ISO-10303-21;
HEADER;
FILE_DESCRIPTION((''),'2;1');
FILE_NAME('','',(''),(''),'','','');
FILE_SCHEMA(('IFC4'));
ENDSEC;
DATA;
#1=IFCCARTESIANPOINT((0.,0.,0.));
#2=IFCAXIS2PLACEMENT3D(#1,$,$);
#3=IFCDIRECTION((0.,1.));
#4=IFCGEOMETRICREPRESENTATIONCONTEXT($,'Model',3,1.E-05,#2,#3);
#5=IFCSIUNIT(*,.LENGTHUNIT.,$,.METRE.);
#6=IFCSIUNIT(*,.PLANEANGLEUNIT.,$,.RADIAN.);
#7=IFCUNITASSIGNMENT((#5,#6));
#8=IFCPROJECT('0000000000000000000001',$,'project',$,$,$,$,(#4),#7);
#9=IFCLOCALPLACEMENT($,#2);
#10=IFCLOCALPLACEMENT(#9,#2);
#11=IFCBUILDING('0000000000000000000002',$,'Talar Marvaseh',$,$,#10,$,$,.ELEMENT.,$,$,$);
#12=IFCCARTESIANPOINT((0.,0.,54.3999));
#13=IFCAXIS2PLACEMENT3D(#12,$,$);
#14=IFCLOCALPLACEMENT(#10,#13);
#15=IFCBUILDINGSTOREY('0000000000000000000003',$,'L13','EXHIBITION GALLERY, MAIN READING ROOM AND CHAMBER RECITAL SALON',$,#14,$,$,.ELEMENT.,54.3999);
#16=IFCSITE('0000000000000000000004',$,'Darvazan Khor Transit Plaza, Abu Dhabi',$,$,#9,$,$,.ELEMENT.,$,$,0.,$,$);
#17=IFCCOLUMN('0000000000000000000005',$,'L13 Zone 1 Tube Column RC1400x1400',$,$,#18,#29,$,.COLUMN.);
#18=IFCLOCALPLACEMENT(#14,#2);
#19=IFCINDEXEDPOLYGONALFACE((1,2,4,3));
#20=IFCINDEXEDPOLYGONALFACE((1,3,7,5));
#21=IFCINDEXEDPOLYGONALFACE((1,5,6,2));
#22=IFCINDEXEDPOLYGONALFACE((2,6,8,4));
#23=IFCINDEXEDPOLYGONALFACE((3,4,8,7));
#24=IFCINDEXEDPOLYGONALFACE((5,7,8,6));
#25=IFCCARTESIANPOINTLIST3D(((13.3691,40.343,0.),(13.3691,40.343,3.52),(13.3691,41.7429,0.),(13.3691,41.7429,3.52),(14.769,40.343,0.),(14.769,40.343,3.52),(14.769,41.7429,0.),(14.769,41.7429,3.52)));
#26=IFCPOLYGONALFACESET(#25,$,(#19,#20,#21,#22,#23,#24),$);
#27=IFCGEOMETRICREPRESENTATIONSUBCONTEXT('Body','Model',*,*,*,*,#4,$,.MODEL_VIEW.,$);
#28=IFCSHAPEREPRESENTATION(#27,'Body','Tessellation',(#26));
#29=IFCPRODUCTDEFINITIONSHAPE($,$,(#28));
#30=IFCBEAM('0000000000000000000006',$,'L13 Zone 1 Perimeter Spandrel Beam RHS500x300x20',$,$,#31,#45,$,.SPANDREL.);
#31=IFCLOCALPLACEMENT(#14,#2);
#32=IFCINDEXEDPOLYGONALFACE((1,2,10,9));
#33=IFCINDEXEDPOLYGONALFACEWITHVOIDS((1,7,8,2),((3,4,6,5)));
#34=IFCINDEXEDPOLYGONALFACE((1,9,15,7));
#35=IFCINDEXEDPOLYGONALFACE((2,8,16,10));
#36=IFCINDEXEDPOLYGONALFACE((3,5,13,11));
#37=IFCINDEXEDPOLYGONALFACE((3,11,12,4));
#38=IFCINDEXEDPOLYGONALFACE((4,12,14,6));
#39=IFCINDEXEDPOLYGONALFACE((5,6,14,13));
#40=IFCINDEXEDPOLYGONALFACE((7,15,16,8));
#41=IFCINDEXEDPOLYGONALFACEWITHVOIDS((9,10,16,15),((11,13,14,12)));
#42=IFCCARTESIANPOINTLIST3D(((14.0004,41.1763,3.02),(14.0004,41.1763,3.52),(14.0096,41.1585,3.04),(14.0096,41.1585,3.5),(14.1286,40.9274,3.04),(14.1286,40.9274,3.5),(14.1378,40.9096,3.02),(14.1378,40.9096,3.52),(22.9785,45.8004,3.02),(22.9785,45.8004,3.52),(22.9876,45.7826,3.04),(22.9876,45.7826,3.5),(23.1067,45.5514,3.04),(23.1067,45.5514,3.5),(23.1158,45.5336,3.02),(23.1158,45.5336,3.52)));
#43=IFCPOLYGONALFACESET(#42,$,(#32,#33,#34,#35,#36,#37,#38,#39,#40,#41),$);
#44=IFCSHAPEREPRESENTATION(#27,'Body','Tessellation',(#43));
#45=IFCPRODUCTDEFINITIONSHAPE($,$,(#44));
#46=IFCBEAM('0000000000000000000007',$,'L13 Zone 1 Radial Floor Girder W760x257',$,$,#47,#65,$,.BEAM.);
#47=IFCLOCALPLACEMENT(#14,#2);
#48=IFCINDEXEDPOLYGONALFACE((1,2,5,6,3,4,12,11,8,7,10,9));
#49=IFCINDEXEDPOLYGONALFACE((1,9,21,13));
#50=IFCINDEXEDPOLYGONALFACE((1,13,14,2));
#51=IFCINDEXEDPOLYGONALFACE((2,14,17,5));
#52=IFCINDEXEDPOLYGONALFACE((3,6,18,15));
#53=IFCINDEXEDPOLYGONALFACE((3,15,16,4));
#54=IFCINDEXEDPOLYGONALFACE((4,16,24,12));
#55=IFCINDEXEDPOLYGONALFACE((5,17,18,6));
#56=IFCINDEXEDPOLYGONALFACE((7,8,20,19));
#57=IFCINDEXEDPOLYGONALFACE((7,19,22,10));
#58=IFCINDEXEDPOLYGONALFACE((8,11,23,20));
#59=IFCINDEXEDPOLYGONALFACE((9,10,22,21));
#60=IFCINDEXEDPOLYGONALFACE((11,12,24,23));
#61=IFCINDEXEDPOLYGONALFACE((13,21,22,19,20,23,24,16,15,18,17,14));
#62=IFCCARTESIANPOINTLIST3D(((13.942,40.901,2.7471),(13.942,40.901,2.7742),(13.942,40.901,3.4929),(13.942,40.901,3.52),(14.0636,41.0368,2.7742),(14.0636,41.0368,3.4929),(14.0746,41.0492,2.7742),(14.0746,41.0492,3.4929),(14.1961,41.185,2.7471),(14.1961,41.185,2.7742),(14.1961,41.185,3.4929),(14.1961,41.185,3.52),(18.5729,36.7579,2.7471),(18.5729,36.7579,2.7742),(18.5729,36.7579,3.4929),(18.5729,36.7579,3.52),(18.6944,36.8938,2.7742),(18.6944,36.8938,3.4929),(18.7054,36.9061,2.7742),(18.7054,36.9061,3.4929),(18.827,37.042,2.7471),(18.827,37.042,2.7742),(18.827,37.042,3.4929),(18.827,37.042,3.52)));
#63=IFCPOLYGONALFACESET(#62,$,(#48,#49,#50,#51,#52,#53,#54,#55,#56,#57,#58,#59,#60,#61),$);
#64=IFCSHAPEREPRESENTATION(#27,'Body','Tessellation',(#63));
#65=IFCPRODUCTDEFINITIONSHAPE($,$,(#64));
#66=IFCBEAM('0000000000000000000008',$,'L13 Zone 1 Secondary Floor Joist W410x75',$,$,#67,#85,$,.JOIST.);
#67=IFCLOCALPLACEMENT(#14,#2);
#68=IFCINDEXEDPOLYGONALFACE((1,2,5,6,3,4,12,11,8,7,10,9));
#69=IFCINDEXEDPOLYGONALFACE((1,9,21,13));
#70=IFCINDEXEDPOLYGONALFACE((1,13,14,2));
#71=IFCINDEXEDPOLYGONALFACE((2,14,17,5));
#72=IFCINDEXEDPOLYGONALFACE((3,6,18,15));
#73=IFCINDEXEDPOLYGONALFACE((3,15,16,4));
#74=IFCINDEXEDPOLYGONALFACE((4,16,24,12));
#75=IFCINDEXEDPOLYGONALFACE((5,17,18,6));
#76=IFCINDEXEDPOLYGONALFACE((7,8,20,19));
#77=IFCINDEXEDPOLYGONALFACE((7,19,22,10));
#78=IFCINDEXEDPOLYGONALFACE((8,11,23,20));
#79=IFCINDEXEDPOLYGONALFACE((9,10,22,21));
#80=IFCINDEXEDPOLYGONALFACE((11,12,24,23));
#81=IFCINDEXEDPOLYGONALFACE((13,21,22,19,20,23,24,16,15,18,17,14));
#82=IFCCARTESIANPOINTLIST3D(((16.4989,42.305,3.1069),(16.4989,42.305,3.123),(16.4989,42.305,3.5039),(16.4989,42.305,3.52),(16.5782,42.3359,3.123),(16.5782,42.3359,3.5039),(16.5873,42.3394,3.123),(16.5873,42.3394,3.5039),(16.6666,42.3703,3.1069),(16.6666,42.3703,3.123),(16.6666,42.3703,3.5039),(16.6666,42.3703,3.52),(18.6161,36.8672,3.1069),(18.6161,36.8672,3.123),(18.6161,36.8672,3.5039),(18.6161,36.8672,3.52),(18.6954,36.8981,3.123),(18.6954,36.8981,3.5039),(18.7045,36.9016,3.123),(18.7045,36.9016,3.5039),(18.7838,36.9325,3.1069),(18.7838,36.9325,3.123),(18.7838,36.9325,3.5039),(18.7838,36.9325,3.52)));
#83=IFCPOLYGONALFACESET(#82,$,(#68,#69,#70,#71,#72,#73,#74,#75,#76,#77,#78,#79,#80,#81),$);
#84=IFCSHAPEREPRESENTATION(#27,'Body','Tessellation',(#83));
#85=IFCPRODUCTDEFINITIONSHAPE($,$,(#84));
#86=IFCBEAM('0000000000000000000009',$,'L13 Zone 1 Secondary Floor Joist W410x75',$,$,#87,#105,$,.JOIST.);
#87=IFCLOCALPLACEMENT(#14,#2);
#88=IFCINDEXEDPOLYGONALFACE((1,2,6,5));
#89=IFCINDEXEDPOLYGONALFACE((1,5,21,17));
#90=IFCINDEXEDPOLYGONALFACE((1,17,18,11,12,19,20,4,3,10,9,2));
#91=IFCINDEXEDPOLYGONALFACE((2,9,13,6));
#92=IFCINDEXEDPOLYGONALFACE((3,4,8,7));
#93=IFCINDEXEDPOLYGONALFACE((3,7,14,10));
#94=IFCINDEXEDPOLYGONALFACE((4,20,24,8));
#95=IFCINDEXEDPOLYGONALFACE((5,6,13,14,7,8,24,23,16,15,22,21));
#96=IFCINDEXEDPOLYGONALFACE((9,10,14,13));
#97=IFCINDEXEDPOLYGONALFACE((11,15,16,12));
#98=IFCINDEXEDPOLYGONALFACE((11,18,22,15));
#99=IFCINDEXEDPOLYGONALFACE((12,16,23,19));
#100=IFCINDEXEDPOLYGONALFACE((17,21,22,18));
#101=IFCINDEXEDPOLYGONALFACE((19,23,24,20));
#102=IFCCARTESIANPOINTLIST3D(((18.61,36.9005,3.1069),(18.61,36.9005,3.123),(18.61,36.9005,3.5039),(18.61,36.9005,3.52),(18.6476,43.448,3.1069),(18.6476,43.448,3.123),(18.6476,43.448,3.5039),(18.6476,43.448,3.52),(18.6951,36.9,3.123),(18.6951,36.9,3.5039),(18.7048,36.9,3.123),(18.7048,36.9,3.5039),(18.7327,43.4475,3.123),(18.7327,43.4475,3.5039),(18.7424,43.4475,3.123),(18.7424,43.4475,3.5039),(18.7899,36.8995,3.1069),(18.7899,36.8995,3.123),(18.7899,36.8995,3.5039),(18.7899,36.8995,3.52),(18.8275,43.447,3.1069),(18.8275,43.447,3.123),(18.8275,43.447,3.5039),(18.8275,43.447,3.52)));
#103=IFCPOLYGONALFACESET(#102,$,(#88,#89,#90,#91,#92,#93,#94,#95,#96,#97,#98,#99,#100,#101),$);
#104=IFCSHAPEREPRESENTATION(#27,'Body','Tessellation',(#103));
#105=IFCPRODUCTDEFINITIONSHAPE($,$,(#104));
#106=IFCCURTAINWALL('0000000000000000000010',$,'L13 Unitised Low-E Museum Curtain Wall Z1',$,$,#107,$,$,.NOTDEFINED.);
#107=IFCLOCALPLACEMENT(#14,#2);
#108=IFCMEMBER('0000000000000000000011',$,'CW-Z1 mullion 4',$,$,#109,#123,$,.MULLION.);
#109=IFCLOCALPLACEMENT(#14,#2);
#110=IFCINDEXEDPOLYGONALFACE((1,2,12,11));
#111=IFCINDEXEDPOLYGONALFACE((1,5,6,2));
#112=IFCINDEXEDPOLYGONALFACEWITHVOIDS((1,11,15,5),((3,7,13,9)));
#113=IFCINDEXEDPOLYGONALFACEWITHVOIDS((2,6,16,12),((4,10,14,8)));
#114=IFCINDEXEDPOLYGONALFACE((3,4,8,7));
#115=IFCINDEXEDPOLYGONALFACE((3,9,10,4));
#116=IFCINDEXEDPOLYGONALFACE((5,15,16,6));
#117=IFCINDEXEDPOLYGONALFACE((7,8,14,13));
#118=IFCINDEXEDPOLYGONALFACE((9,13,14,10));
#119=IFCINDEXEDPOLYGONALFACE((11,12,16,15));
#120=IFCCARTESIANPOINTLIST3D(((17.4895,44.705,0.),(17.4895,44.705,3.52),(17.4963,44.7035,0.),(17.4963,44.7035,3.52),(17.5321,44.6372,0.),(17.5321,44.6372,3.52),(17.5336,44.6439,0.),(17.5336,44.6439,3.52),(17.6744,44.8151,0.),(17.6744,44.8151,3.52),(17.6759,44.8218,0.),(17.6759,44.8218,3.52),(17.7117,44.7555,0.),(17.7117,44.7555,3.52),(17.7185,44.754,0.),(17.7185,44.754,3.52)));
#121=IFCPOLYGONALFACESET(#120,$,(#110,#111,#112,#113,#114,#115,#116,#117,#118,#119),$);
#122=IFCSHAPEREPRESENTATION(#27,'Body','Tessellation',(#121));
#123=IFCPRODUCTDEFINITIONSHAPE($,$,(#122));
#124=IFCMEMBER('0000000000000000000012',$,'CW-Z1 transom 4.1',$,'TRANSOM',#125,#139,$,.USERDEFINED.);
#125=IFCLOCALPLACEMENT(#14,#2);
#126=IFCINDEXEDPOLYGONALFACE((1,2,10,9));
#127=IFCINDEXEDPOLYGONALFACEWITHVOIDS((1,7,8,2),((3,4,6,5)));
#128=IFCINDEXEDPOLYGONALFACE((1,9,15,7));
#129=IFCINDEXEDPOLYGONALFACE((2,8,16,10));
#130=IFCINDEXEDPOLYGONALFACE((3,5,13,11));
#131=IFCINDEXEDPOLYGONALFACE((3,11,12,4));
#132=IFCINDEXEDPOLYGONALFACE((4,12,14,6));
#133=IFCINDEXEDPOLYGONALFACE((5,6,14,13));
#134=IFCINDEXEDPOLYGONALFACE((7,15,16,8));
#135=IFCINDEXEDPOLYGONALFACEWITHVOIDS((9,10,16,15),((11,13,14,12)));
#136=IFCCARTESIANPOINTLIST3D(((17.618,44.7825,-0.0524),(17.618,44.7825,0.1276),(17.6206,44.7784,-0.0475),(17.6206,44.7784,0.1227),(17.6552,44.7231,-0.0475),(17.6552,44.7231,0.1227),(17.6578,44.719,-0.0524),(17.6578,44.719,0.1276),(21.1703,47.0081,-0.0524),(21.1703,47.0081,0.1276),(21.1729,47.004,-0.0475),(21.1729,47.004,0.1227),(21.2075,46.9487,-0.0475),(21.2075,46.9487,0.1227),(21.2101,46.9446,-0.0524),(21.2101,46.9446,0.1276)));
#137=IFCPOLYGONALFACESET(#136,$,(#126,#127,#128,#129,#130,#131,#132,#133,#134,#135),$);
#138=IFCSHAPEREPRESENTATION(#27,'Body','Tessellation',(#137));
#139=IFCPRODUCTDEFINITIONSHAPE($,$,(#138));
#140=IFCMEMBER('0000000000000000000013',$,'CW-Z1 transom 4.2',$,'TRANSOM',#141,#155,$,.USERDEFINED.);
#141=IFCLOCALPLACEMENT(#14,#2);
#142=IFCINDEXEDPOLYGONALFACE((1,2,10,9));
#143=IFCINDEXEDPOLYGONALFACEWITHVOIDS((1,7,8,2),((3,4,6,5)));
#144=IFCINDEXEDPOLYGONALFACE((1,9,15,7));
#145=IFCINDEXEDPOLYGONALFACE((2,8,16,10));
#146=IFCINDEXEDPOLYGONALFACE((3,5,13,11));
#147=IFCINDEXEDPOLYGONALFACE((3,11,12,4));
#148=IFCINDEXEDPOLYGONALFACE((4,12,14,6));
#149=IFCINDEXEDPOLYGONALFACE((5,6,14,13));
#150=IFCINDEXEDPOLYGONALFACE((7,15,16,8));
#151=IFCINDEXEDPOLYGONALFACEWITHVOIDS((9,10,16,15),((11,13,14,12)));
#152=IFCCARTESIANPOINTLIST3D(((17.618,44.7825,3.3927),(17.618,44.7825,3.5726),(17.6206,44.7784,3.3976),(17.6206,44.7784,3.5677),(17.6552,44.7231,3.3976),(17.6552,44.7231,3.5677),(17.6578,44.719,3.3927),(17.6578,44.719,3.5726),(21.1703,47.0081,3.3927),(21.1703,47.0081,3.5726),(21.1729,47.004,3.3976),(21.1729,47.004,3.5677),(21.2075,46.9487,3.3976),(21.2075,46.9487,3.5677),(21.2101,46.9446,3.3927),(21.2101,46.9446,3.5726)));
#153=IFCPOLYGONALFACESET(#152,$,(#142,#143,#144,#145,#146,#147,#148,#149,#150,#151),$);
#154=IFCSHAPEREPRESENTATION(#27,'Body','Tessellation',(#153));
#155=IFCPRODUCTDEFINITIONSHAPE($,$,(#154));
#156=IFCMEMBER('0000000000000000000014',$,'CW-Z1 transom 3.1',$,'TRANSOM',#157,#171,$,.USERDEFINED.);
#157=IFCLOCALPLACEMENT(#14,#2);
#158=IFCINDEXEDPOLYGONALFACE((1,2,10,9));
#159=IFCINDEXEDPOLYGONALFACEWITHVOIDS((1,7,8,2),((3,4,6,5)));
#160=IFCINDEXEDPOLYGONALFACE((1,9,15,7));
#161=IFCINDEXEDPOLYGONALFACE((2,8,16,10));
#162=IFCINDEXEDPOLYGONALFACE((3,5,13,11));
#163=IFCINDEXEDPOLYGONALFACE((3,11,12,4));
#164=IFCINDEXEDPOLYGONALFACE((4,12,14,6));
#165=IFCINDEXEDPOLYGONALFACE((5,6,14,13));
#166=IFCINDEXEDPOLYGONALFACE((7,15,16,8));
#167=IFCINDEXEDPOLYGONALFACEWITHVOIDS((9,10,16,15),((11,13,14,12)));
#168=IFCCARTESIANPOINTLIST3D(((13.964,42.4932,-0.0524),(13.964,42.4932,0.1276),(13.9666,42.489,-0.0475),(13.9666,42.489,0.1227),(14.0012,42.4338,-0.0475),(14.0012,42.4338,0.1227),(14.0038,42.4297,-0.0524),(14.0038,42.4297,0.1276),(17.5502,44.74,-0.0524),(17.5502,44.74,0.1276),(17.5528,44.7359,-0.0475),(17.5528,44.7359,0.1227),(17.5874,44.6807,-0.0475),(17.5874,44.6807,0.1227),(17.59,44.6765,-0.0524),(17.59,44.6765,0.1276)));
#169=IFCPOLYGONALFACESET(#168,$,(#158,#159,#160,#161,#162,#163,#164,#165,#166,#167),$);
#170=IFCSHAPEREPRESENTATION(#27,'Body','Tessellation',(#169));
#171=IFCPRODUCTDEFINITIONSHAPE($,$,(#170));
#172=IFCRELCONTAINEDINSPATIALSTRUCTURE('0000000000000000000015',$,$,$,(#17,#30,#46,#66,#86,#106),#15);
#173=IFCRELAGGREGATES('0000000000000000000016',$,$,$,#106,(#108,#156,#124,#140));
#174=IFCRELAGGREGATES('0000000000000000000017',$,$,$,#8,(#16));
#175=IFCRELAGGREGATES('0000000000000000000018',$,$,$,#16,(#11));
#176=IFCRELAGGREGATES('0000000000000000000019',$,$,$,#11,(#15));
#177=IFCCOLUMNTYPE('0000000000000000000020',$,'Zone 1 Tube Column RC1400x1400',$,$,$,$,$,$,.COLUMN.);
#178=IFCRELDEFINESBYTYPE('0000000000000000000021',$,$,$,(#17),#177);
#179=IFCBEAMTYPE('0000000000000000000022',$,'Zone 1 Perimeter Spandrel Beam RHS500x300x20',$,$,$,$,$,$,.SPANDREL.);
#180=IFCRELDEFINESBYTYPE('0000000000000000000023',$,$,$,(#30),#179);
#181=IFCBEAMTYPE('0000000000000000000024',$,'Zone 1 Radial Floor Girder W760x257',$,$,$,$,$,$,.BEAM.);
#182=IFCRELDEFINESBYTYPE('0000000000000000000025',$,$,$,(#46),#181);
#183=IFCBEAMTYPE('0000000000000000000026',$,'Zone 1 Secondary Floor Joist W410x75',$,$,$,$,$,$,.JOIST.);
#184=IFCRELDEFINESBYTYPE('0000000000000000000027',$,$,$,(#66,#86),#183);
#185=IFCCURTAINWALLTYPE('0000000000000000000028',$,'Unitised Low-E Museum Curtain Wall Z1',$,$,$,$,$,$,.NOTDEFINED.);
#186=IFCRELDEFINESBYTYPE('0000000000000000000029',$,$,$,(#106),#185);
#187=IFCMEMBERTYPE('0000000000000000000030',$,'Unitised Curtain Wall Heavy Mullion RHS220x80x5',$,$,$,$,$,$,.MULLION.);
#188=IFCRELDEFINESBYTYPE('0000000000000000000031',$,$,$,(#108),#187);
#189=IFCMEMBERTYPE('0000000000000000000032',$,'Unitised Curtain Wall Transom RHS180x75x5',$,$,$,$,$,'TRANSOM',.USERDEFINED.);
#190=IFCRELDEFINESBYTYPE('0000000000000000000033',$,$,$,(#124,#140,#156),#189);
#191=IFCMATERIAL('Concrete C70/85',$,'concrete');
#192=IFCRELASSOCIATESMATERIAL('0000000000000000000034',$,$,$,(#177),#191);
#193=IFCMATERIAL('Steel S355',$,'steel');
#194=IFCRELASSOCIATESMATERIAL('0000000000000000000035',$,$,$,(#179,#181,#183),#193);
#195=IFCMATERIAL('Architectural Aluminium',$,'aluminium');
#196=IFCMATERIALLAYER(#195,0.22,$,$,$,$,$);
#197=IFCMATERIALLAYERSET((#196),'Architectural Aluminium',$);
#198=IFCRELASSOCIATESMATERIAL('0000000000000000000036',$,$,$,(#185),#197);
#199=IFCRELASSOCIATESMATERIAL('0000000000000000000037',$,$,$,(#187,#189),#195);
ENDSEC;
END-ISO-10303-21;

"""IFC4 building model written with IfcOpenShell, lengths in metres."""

from ifc_helpers import new_model, si_unit, direction, frame, origin, origin_2d, place, context, subcontext, project, spatial, rectangle, hollow_rectangle, i_section, extrude, source, transform, mapped, material, layer, layer_set, material_profile, profile_set, type_object, type_shapes, element, aggregate, save


model = new_model("IFC4")

# Units and contexts
model_context = context("Model", 3, precision=1e-05, world=origin(), true_north=direction((0.0, 1.0)))
body_context = subcontext(model_context, "Body", "Model", "MODEL_VIEW")
ifc_project = project(units=[si_unit("LENGTHUNIT", "METRE"), si_unit("PLANEANGLEUNIT", "RADIAN")], contexts=[model_context])

# Site, building, storey
site_placement = place(None, origin())
site = spatial("IfcSite", under=ifc_project, at=site_placement, Name="Darvazan Khor Transit Plaza, Abu Dhabi", CompositionType="ELEMENT", RefElevation=0.0)
building_placement = place(site_placement, origin())
building = spatial("IfcBuilding", under=site, at=building_placement, Name="Talar Marvaseh", CompositionType="ELEMENT")
storey_placement = place(building_placement, frame((0.0, 0.0, 54.3999)))
storey = spatial("IfcBuildingStorey", under=building, at=storey_placement, Name="L13", Description="EXHIBITION GALLERY, MAIN READING ROOM AND CHAMBER RECITAL SALON", CompositionType="ELEMENT", Elevation=54.3999)

# Column
ifc_material_1 = material(Name="Concrete C70/85", Category="concrete")
ifc_material_profile_1 = material_profile(ifc_material_1, rectangle(XDim=1.3999, YDim=1.3999, at=origin_2d()), Name="RC1400x1400")
ifc_profile_set_1 = profile_set([ifc_material_profile_1], Name="Concrete C70/85")
column_type = type_object("IfcColumnType", Name="Zone 1 Tube Column RC1400x1400", PredefinedType="COLUMN", material=ifc_profile_set_1)
column_placement = place(storey_placement, frame((14.0691, 41.043, 0.0), z_axis=(0.0, 0.0, 1.0), x_axis=(1.0, 0.0, 0.0)))
element("IfcColumn", 1, at=column_placement, inside=storey, type_object=column_type, Name="L13 Zone 1 Tube Column RC1400x1400", PredefinedType="COLUMN", context=body_context, shape_type="SweptSolid", body=[
    extrude(rectangle(XDim=1.3999, YDim=1.3999, at=origin_2d()), origin(), (0.0, 0.0, 1.0), 3.52),
])

# Beams
ifc_material_2 = material(Name="Steel S355", Category="steel")
ifc_material_profile_2 = material_profile(ifc_material_2, hollow_rectangle(XDim=0.3, YDim=0.5, WallThickness=0.02, at=origin_2d()), Name="RHS500x300x20")
ifc_profile_set_2 = profile_set([ifc_material_profile_2], Name="Steel S355")
beam_type_1 = type_object("IfcBeamType", Name="Zone 1 Perimeter Spandrel Beam RHS500x300x20", PredefinedType="SPANDREL", material=ifc_profile_set_2)
beam_1_placement = place(storey_placement, frame((14.0691, 41.043, 3.27), z_axis=(0.889016, 0.457877, 0.0), x_axis=(-0.457877, 0.889016, 0.0)))
element("IfcBeam", 2, at=beam_1_placement, inside=storey, type_object=beam_type_1, Name="L13 Zone 1 Perimeter Spandrel Beam RHS500x300x20", PredefinedType="SPANDREL", context=body_context, shape_type="SweptSolid", body=[
    extrude(hollow_rectangle(XDim=0.3, YDim=0.5, WallThickness=0.02, at=origin_2d()), origin(), (0.0, 0.0, 1.0), 10.0989),
])
ifc_material_profile_3 = material_profile(ifc_material_2, i_section(OverallWidth=0.3811, OverallDepth=0.7729, WebThickness=0.0166, FlangeThickness=0.0271, at=origin_2d()), Name="W760x257")
ifc_profile_set_3 = profile_set([ifc_material_profile_3], Name="Steel S355")
beam_type_2 = type_object("IfcBeamType", Name="Zone 1 Radial Floor Girder W760x257", PredefinedType="BEAM", material=ifc_profile_set_3)
beam_2_placement = place(storey_placement, frame((14.0691, 41.043, 3.1335), z_axis=(0.745268, -0.666765, 0.0), x_axis=(0.666765, 0.745268, 0.0)))
element("IfcBeam", 3, at=beam_2_placement, inside=storey, type_object=beam_type_2, Name="L13 Zone 1 Radial Floor Girder W760x257", PredefinedType="BEAM", context=body_context, shape_type="SweptSolid", body=[
    extrude(i_section(OverallWidth=0.3811, OverallDepth=0.7729, WebThickness=0.0166, FlangeThickness=0.0271, at=origin_2d()), origin(), (0.0, 0.0, 1.0), 6.2136),
])
ifc_material_profile_4 = material_profile(ifc_material_2, i_section(OverallWidth=0.1799, OverallDepth=0.4131, WebThickness=0.0098, FlangeThickness=0.0161, at=origin_2d()), Name="W410x75")
ifc_profile_set_4 = profile_set([ifc_material_profile_4], Name="Steel S355")
beam_type_3 = type_object("IfcBeamType", Name="Zone 1 Secondary Floor Joist W410x75", PredefinedType="JOIST", material=ifc_profile_set_4)
beam_3_placement = place(storey_placement, frame((16.5828, 42.3376, 3.3135), z_axis=(0.36282, -0.931859, 0.0), x_axis=(0.931859, 0.36282, 0.0)))
element("IfcBeam", 4, at=beam_3_placement, inside=storey, type_object=beam_type_3, Name="L13 Zone 1 Secondary Floor Joist W410x75", PredefinedType="JOIST", context=body_context, shape_type="SweptSolid", body=[
    extrude(i_section(OverallWidth=0.1799, OverallDepth=0.4131, WebThickness=0.0098, FlangeThickness=0.0161, at=origin_2d()), origin(), (0.0, 0.0, 1.0), 5.8354),
])
beam_4_placement = place(storey_placement, frame((18.7375, 43.4475, 3.3135), z_axis=(-0.005742, -0.999984, 0.0), x_axis=(0.999984, -0.005742, 0.0)))
element("IfcBeam", 5, at=beam_4_placement, inside=storey, type_object=beam_type_3, Name="L13 Zone 1 Secondary Floor Joist W410x75", PredefinedType="JOIST", context=body_context, shape_type="SweptSolid", body=[
    extrude(i_section(OverallWidth=0.1799, OverallDepth=0.4131, WebThickness=0.0098, FlangeThickness=0.0161, at=origin_2d()), origin(), (0.0, 0.0, 1.0), 6.5476),
])

# Curtain wall, members
ifc_material_3 = material(Name="Architectural Aluminium", Category="aluminium")
ifc_layer_1 = layer(ifc_material_3, 0.22)
ifc_layer_set_1 = layer_set([ifc_layer_1], Name="Architectural Aluminium")
curtain_wall_type = type_object("IfcCurtainWallType", Name="Unitised Low-E Museum Curtain Wall Z1", PredefinedType="NOTDEFINED", material=ifc_layer_set_1)
curtain_wall_placement = place(storey_placement, origin())
curtain_wall = element("IfcCurtainWall", 6, at=curtain_wall_placement, inside=storey, type_object=curtain_wall_type, Name="L13 Unitised Low-E Museum Curtain Wall Z1", PredefinedType="NOTDEFINED")
ifc_material_profile_5 = material_profile(ifc_material_3, hollow_rectangle(XDim=0.0801, YDim=0.22, WallThickness=0.0049, at=origin_2d()), Name="RHS220x80x5")
ifc_profile_set_5 = profile_set([ifc_material_profile_5], Name="Architectural Aluminium")
member_type_1 = type_object("IfcMemberType", Name="Unitised Curtain Wall Heavy Mullion RHS220x80x5", PredefinedType="MULLION", material=ifc_profile_set_5)
shared_shape_1 = source(origin(), body_context, "Body", "SweptSolid", [
    extrude(hollow_rectangle(XDim=0.0801, YDim=0.22, WallThickness=0.0049, at=origin_2d()), origin(), (0.0, 0.0, 1.0), 3.52),
])
type_shapes(member_type_1, [shared_shape_1])
member_1_placement = place(storey_placement, frame((17.604, 44.7295, 0.0), z_axis=(0.0, 0.0, 1.0), x_axis=(-0.530927, 0.847418, 0.0)))
member_1 = element("IfcMember", 7, at=member_1_placement, type_object=member_type_1, Name="CW-Z1 mullion 4", PredefinedType="MULLION", context=body_context, shape_type="MappedRepresentation", body=[
    mapped(shared_shape_1, transform((0.0, 0.0, 0.0), x_axis=(1.0, 0.0, 0.0), y_axis=(0.0, 1.0, 0.0), z_axis=(0.0, 0.0, 1.0), scale=1.0)),
])
ifc_material_profile_6 = material_profile(ifc_material_3, hollow_rectangle(XDim=0.075, YDim=0.1799, WallThickness=0.0049, at=origin_2d()), Name="RHS180x75x5")
ifc_profile_set_6 = profile_set([ifc_material_profile_6], Name="Architectural Aluminium")
member_type_2 = type_object("IfcMemberType", Name="Unitised Curtain Wall Transom RHS180x75x5", ElementType="TRANSOM", PredefinedType="USERDEFINED", material=ifc_profile_set_6)
shared_shape_2 = source(origin(), body_context, "Body", "SweptSolid", [
    extrude(hollow_rectangle(XDim=0.075, YDim=0.1799, WallThickness=0.0049, at=origin_2d()), origin(), (0.0, 0.0, 1.0), 4.1919),
])
member_2_placement = place(storey_placement, frame((17.6379, 44.7507, 0.0376), z_axis=(0.847415, 0.53093, 0.0), x_axis=(-0.53093, 0.847415, 0.0)))
member_2 = element("IfcMember", 8, at=member_2_placement, type_object=member_type_2, Name="CW-Z1 transom 4.1", ObjectType="TRANSOM", PredefinedType="USERDEFINED", context=body_context, shape_type="MappedRepresentation", body=[
    mapped(shared_shape_2, transform((0.0, 0.0, 0.0), x_axis=(1.0, 0.0, 0.0), y_axis=(0.0, 1.0, 0.0), z_axis=(0.0, 0.0, 1.0), scale=1.0)),
])
member_3_placement = place(storey_placement, frame((17.6379, 44.7507, 3.4827), z_axis=(0.847415, 0.53093, 0.0), x_axis=(-0.53093, 0.847415, 0.0)))
member_3 = element("IfcMember", 9, at=member_3_placement, type_object=member_type_2, Name="CW-Z1 transom 4.2", ObjectType="TRANSOM", PredefinedType="USERDEFINED", context=body_context, shape_type="MappedRepresentation", body=[
    mapped(shared_shape_2, transform((0.0, 0.0, 0.0), x_axis=(1.0, 0.0, 0.0), y_axis=(0.0, 1.0, 0.0), z_axis=(0.0, 0.0, 1.0), scale=1.0)),
])
shared_shape_3 = source(origin(), body_context, "Body", "SweptSolid", [
    extrude(hollow_rectangle(XDim=0.075, YDim=0.1799, WallThickness=0.0049, at=origin_2d()), origin(), (0.0, 0.0, 1.0), 4.2319),
])
type_shapes(member_type_2, [shared_shape_2, shared_shape_3])
member_4_placement = place(storey_placement, frame((13.9839, 42.4614, 0.0376), z_axis=(0.847418, 0.530927, 0.0), x_axis=(-0.530927, 0.847418, 0.0)))
member_4 = element("IfcMember", 10, at=member_4_placement, type_object=member_type_2, Name="CW-Z1 transom 3.1", ObjectType="TRANSOM", PredefinedType="USERDEFINED", context=body_context, shape_type="MappedRepresentation", body=[
    mapped(shared_shape_3, transform((0.0, 0.0, 0.0), x_axis=(1.0, 0.0, 0.0), y_axis=(0.0, 1.0, 0.0), z_axis=(0.0, 0.0, 1.0), scale=1.0)),
])
aggregate(curtain_wall, [member_1, member_4, member_2, member_3])

save(model, "model.ifc")
